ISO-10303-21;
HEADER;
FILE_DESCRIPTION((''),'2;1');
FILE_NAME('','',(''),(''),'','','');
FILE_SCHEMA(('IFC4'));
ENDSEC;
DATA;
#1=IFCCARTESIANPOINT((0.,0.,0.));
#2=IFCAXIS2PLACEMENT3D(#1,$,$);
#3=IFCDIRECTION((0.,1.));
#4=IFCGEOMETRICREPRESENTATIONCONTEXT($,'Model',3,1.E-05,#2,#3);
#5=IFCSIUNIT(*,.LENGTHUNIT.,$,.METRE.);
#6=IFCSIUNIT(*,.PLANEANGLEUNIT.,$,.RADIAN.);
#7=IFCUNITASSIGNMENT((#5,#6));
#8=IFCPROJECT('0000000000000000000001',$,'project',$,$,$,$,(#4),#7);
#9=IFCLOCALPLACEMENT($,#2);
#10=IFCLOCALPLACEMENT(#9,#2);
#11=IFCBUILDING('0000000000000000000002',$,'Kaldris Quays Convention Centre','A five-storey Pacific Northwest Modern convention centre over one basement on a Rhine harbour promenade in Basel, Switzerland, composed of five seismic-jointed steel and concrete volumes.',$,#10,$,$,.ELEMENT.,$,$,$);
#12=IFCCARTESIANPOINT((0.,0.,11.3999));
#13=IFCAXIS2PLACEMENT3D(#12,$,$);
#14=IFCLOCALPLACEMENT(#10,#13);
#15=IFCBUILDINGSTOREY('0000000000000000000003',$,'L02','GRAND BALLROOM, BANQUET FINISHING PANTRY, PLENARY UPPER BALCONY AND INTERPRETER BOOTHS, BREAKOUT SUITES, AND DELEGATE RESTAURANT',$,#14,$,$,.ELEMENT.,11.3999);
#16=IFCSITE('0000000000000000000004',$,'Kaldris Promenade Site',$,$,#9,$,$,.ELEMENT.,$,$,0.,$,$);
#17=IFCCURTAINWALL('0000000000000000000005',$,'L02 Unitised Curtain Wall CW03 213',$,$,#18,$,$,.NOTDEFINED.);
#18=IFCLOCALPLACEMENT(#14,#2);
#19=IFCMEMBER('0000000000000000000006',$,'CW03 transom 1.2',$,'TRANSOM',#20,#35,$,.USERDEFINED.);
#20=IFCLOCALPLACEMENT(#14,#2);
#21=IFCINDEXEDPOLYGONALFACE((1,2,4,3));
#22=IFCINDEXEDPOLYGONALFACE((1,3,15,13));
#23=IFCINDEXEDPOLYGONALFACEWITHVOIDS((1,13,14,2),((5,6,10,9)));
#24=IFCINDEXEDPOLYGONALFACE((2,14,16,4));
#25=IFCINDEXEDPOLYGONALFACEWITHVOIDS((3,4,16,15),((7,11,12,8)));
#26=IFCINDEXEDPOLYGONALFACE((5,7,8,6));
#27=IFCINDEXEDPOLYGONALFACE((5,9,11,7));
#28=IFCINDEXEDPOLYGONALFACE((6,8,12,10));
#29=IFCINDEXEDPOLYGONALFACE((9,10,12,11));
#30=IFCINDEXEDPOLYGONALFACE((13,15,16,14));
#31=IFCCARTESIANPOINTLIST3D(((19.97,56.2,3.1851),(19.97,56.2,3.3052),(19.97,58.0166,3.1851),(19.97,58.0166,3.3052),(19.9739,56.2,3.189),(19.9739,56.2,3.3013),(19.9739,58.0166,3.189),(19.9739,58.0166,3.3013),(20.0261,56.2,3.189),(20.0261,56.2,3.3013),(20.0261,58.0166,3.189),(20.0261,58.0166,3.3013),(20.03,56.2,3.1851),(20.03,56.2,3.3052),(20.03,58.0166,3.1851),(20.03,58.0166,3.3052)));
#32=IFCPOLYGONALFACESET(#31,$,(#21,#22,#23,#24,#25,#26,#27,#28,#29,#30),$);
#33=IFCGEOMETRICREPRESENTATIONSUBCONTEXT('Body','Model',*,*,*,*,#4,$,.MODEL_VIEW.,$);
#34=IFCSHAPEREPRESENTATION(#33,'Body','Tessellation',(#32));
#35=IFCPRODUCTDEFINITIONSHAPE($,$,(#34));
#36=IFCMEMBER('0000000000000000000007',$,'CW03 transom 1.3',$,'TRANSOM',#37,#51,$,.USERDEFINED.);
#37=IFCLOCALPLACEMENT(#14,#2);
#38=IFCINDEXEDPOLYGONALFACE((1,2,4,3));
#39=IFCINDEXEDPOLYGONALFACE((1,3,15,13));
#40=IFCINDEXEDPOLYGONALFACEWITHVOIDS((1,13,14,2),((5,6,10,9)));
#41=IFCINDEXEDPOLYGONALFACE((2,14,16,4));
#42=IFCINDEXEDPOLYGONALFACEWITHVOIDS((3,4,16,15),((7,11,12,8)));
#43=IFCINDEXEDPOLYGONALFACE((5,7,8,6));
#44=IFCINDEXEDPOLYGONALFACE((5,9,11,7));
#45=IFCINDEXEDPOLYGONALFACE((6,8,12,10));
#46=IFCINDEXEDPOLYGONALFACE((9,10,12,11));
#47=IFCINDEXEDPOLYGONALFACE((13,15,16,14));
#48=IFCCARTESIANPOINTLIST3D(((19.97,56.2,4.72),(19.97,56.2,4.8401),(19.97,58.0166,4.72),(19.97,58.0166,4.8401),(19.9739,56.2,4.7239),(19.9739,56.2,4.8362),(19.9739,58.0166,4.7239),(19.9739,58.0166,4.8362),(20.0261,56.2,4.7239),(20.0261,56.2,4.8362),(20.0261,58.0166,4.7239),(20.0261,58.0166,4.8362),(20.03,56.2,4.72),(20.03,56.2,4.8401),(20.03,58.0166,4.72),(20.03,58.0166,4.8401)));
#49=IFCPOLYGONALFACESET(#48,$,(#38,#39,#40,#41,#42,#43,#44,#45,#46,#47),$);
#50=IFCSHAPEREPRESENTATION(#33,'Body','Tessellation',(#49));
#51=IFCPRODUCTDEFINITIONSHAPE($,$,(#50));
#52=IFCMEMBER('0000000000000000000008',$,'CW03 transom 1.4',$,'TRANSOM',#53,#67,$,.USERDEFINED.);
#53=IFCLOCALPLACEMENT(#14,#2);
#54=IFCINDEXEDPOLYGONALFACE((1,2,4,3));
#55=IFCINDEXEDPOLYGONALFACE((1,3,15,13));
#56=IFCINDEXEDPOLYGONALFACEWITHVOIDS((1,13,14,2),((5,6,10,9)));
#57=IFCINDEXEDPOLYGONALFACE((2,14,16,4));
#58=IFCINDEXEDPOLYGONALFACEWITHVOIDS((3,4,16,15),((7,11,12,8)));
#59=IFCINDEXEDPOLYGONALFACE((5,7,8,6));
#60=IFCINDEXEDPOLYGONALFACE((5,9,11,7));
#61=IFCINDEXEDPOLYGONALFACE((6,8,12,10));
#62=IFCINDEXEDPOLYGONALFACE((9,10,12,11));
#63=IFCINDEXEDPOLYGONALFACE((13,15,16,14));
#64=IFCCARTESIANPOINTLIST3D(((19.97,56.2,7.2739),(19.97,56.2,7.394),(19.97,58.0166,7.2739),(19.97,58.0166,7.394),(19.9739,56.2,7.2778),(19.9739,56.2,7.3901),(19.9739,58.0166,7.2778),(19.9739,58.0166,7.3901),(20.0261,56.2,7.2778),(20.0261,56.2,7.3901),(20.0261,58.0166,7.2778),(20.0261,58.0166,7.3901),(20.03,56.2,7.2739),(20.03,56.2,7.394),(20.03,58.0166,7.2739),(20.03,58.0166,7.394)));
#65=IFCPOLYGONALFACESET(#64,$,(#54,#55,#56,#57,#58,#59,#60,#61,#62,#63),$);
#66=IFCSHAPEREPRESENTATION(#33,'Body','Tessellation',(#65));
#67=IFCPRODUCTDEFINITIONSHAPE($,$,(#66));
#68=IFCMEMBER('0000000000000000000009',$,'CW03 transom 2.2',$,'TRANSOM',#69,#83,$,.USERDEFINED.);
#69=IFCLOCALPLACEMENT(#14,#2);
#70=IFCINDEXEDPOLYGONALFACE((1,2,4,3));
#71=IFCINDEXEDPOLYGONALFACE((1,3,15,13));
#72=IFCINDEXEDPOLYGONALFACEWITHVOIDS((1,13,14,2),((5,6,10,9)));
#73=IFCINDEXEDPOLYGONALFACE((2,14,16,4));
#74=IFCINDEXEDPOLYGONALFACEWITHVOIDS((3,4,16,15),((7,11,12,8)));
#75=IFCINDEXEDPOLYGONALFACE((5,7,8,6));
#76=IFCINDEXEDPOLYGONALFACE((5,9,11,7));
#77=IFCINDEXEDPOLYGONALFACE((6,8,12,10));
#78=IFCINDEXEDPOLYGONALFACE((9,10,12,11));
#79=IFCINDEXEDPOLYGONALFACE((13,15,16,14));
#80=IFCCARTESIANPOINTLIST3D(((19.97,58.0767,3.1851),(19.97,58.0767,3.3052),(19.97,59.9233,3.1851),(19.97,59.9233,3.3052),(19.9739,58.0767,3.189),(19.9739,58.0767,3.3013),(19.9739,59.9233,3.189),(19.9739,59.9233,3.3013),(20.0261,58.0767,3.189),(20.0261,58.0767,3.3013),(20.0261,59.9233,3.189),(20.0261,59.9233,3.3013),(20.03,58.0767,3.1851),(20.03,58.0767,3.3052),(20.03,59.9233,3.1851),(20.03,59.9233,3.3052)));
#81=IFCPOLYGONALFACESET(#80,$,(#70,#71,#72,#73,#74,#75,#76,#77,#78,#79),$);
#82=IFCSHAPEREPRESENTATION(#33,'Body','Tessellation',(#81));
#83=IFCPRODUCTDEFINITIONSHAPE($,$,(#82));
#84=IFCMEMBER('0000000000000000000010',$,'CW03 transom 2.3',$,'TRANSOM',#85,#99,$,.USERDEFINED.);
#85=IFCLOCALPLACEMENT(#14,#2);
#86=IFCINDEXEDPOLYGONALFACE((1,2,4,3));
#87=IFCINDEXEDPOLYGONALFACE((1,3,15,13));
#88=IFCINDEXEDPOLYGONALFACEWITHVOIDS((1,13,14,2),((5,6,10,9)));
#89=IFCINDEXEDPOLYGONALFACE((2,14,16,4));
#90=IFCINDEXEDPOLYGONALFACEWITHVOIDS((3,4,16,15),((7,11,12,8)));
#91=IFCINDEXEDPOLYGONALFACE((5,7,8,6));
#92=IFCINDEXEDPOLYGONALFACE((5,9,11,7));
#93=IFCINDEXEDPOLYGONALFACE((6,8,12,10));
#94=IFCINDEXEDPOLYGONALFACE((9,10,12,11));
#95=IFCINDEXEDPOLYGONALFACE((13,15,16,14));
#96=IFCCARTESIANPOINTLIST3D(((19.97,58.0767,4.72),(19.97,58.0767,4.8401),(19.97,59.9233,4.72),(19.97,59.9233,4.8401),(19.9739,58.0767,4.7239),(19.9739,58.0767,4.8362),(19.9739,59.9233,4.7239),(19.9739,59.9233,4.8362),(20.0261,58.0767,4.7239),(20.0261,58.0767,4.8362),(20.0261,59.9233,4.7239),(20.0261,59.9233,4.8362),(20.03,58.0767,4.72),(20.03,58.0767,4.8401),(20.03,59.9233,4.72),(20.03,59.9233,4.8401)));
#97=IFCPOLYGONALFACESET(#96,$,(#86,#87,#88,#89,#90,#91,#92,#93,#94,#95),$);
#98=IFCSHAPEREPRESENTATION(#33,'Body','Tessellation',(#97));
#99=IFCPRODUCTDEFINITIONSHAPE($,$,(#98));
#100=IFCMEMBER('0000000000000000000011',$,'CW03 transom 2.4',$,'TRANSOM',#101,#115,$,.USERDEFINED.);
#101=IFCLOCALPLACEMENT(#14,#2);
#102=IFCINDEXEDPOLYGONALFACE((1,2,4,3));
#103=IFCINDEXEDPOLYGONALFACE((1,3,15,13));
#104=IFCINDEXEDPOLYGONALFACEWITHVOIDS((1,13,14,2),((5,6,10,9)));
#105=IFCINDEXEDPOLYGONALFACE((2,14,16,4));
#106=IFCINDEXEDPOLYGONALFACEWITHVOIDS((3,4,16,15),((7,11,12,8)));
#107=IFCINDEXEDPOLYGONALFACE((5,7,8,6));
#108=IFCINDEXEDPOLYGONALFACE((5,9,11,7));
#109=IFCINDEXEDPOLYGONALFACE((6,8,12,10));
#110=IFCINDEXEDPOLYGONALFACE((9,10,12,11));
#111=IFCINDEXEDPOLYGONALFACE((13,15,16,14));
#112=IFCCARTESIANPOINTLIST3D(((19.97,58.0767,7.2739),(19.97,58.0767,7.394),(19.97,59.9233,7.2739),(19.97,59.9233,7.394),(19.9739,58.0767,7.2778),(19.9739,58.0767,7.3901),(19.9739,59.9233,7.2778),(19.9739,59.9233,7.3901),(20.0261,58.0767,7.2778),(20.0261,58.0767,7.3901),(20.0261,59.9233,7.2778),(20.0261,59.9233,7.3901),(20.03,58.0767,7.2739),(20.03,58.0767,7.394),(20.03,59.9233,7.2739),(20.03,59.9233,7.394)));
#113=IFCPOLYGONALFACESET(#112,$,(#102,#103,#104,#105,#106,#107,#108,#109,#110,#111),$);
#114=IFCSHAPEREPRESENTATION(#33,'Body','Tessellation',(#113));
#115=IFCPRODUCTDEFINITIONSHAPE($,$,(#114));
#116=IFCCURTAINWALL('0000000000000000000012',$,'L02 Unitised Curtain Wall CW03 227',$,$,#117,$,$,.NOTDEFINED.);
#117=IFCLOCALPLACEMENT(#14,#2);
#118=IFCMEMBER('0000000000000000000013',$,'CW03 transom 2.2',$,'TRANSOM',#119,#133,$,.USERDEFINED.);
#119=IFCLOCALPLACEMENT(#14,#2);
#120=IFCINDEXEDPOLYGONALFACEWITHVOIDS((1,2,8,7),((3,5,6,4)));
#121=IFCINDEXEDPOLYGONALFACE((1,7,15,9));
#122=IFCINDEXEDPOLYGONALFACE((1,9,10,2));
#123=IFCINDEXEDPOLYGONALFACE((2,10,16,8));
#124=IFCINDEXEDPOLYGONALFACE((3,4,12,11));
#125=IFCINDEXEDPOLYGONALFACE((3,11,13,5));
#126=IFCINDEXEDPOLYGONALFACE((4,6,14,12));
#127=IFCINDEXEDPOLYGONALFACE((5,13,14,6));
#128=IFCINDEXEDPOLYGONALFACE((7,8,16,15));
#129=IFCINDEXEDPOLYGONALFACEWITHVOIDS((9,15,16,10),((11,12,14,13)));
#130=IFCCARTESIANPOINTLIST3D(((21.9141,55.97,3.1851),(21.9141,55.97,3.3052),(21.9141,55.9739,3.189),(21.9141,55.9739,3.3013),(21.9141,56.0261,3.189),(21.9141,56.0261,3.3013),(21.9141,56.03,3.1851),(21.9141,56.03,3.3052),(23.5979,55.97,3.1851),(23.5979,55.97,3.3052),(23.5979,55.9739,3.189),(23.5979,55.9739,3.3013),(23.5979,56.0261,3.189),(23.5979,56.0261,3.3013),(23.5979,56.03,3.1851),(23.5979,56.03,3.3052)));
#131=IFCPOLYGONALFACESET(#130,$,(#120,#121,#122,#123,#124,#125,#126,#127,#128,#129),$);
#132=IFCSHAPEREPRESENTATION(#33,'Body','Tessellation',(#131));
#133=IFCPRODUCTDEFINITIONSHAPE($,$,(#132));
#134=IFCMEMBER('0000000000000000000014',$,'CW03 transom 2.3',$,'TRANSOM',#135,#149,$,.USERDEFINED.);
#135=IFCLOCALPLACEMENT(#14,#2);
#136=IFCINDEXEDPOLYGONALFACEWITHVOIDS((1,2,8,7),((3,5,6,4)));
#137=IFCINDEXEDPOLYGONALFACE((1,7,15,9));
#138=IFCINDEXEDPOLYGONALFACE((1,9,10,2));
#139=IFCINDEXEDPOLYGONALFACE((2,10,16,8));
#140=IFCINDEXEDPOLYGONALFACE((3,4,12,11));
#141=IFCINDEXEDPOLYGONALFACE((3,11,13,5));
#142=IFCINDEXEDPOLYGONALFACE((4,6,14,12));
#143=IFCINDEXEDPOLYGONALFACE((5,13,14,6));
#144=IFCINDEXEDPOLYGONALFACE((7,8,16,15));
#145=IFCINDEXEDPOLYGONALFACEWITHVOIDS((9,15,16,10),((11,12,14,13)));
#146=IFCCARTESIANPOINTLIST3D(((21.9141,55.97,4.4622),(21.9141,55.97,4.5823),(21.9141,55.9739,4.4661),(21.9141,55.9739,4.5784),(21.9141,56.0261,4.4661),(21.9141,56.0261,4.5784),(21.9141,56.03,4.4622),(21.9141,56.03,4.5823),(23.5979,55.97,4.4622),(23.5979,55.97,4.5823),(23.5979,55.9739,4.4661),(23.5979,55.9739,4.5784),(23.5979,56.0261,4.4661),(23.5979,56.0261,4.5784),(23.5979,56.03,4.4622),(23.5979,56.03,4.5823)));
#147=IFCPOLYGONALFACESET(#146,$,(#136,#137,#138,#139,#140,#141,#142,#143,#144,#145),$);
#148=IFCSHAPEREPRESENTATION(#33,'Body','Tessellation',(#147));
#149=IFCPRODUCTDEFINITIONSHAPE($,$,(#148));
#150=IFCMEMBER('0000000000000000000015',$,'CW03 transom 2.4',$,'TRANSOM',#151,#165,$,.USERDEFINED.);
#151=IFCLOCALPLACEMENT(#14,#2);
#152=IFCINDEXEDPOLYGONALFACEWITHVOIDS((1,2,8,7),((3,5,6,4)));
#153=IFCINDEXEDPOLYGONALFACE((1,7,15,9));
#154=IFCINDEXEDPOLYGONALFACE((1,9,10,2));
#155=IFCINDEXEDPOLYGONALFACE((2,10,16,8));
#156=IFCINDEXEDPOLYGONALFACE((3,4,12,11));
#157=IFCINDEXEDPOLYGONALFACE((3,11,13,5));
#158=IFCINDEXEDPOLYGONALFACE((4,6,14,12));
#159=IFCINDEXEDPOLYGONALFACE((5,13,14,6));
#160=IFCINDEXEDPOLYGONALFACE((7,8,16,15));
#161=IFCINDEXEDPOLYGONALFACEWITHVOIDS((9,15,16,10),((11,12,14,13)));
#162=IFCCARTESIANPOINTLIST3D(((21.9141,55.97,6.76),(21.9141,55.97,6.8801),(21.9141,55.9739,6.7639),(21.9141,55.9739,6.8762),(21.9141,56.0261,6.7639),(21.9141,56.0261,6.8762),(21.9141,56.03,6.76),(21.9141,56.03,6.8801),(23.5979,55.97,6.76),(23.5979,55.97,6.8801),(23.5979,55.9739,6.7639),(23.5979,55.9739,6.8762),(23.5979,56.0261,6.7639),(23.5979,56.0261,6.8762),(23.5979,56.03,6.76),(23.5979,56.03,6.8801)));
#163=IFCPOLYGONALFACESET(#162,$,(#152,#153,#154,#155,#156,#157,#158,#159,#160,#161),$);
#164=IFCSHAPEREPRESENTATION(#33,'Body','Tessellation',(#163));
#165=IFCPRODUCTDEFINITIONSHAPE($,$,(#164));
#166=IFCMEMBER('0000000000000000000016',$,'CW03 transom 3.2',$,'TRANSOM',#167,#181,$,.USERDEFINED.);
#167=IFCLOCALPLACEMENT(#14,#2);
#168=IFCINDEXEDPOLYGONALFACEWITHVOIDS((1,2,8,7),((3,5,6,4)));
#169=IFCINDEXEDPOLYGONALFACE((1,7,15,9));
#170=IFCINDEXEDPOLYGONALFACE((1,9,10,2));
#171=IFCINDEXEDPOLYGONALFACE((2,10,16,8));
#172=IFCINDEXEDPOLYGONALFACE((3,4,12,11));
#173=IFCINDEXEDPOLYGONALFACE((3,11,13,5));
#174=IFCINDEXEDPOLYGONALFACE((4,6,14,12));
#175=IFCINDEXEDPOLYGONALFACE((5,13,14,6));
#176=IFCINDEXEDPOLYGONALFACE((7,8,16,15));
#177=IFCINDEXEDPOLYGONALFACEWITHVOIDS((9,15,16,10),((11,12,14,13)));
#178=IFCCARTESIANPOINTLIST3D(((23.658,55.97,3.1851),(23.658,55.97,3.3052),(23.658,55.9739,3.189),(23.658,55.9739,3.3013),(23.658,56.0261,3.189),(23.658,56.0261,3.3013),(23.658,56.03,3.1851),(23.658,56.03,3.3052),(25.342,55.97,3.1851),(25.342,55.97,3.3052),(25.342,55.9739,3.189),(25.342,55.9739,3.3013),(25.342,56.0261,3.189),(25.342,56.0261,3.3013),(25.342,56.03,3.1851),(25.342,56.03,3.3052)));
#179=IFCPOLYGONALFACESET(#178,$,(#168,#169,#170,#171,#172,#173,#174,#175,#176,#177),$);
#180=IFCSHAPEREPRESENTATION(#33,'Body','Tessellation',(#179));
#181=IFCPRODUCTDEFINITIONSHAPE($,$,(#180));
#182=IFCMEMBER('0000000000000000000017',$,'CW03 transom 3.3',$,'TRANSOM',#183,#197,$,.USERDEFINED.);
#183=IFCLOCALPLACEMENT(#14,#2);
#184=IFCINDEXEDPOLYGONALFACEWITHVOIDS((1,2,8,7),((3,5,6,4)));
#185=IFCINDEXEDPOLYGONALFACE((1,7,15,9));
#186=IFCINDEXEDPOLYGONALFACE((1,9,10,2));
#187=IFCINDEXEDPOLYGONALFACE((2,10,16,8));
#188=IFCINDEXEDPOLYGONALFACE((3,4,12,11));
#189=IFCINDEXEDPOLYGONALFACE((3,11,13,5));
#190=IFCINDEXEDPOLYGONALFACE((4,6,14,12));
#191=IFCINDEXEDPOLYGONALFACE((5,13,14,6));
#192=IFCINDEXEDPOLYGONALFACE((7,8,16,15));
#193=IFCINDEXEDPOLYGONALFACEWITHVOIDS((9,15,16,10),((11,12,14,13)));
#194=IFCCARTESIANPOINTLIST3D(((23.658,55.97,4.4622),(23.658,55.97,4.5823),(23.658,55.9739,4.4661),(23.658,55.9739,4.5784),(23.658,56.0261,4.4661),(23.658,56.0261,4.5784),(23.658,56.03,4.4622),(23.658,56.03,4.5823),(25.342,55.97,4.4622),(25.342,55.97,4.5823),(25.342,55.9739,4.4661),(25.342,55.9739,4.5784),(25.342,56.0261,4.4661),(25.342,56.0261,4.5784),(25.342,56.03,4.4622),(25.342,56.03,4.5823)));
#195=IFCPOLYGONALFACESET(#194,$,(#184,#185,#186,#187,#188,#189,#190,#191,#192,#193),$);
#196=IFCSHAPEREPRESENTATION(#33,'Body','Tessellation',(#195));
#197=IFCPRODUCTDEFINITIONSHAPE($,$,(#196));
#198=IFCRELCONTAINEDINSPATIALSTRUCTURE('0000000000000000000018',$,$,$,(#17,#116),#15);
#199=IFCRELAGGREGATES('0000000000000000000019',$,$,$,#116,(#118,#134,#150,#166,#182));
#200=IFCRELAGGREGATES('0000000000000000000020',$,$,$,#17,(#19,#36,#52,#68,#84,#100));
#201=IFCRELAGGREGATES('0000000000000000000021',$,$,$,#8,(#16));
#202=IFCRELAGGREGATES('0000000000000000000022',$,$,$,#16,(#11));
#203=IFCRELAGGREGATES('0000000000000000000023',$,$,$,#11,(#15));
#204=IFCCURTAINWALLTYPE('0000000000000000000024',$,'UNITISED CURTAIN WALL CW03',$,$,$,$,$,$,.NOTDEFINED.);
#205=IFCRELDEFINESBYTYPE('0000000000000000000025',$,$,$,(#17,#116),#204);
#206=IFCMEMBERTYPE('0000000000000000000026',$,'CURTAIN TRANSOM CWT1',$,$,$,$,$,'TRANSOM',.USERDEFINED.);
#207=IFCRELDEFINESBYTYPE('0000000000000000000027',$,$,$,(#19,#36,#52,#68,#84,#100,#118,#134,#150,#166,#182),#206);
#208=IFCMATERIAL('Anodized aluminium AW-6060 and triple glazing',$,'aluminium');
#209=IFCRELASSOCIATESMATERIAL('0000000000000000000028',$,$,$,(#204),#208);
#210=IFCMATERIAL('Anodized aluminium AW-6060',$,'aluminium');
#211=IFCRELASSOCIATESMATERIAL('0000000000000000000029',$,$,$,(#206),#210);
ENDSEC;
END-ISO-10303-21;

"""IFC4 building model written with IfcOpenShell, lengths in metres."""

from ifc_helpers import new_model, si_unit, direction, frame, origin, origin_2d, place, context, subcontext, project, spatial, hollow_rectangle, extrude, material, material_profile, profile_set, type_object, element, aggregate, save


model = new_model("IFC4")

# Units and contexts
model_context = context("Model", 3, precision=1e-05, world=origin(), true_north=direction((0.0, 1.0)))
body_context = subcontext(model_context, "Body", "Model", "MODEL_VIEW")
ifc_project = project(units=[si_unit("LENGTHUNIT", "METRE"), si_unit("PLANEANGLEUNIT", "RADIAN")], contexts=[model_context])

# Site, building, storey
site_placement = place(None, origin())
site = spatial("IfcSite", under=ifc_project, at=site_placement, Name="Kaldris Promenade Site", CompositionType="ELEMENT", RefElevation=0.0)
building_placement = place(site_placement, origin())
building = spatial("IfcBuilding", under=site, at=building_placement, Name="Kaldris Quays Convention Centre", Description="A five-storey Pacific Northwest Modern convention centre over one basement on a Rhine harbour promenade in Basel, Switzerland, composed of five seismic-jointed steel and concrete volumes.", CompositionType="ELEMENT")
storey_placement = place(building_placement, frame((0.0, 0.0, 11.3999)))
storey = spatial("IfcBuildingStorey", under=building, at=storey_placement, Name="L02", Description="GRAND BALLROOM, BANQUET FINISHING PANTRY, PLENARY UPPER BALCONY AND INTERPRETER BOOTHS, BREAKOUT SUITES, AND DELEGATE RESTAURANT", CompositionType="ELEMENT", Elevation=11.3999)

# Curtain walls, members
ifc_material_1 = material(Name="Anodized aluminium AW-6060 and triple glazing", Category="aluminium")
curtain_wall_type = type_object("IfcCurtainWallType", Name="UNITISED CURTAIN WALL CW03", PredefinedType="NOTDEFINED", material=ifc_material_1)
curtain_wall_1_placement = place(storey_placement, origin())
curtain_wall_1 = element("IfcCurtainWall", 1, at=curtain_wall_1_placement, inside=storey, type_object=curtain_wall_type, Name="L02 Unitised Curtain Wall CW03 213", PredefinedType="NOTDEFINED")
ifc_material_2 = material(Name="Anodized aluminium AW-6060", Category="aluminium")
ifc_material_profile_1 = material_profile(ifc_material_2, hollow_rectangle(XDim=0.0601, YDim=0.1201, WallThickness=0.0039, at=origin_2d()), Name="RHS 120x60x4")
ifc_profile_set_1 = profile_set([ifc_material_profile_1], Name="Anodized aluminium AW-6060")
member_type_1 = type_object("IfcMemberType", Name="CURTAIN TRANSOM CWT1", ElementType="TRANSOM", PredefinedType="USERDEFINED", material=ifc_profile_set_1)
member_1_placement = place(storey_placement, frame((20.0, 56.2, 3.2451), z_axis=(0.0, 1.0, 0.0), x_axis=(-1.0, 0.0, 0.0)))
member_1 = element("IfcMember", 2, at=member_1_placement, type_object=member_type_1, Name="CW03 transom 1.2", ObjectType="TRANSOM", PredefinedType="USERDEFINED", context=body_context, shape_type="SweptSolid", body=[
    extrude(hollow_rectangle(XDim=0.0601, YDim=0.1201, WallThickness=0.0039, at=origin_2d()), origin(), (0.0, 0.0, 1.0), 1.8167),
])
member_2_placement = place(storey_placement, frame((20.0, 56.2, 4.78), z_axis=(0.0, 1.0, 0.0), x_axis=(-1.0, 0.0, 0.0)))
member_2 = element("IfcMember", 3, at=member_2_placement, type_object=member_type_1, Name="CW03 transom 1.3", ObjectType="TRANSOM", PredefinedType="USERDEFINED", context=body_context, shape_type="SweptSolid", body=[
    extrude(hollow_rectangle(XDim=0.0601, YDim=0.1201, WallThickness=0.0039, at=origin_2d()), origin(), (0.0, 0.0, 1.0), 1.8167),
])
member_3_placement = place(storey_placement, frame((20.0, 56.2, 7.334), z_axis=(0.0, 1.0, 0.0), x_axis=(-1.0, 0.0, 0.0)))
member_3 = element("IfcMember", 4, at=member_3_placement, type_object=member_type_1, Name="CW03 transom 1.4", ObjectType="TRANSOM", PredefinedType="USERDEFINED", context=body_context, shape_type="SweptSolid", body=[
    extrude(hollow_rectangle(XDim=0.0601, YDim=0.1201, WallThickness=0.0039, at=origin_2d()), origin(), (0.0, 0.0, 1.0), 1.8167),
])
member_4_placement = place(storey_placement, frame((20.0, 58.0767, 3.2451), z_axis=(0.0, 1.0, 0.0), x_axis=(-1.0, 0.0, 0.0)))
member_4 = element("IfcMember", 5, at=member_4_placement, type_object=member_type_1, Name="CW03 transom 2.2", ObjectType="TRANSOM", PredefinedType="USERDEFINED", context=body_context, shape_type="SweptSolid", body=[
    extrude(hollow_rectangle(XDim=0.0601, YDim=0.1201, WallThickness=0.0039, at=origin_2d()), origin(), (0.0, 0.0, 1.0), 1.8467),
])
member_5_placement = place(storey_placement, frame((20.0, 58.0767, 4.78), z_axis=(0.0, 1.0, 0.0), x_axis=(-1.0, 0.0, 0.0)))
member_5 = element("IfcMember", 6, at=member_5_placement, type_object=member_type_1, Name="CW03 transom 2.3", ObjectType="TRANSOM", PredefinedType="USERDEFINED", context=body_context, shape_type="SweptSolid", body=[
    extrude(hollow_rectangle(XDim=0.0601, YDim=0.1201, WallThickness=0.0039, at=origin_2d()), origin(), (0.0, 0.0, 1.0), 1.8467),
])
member_6_placement = place(storey_placement, frame((20.0, 58.0767, 7.334), z_axis=(0.0, 1.0, 0.0), x_axis=(-1.0, 0.0, 0.0)))
member_6 = element("IfcMember", 7, at=member_6_placement, type_object=member_type_1, Name="CW03 transom 2.4", ObjectType="TRANSOM", PredefinedType="USERDEFINED", context=body_context, shape_type="SweptSolid", body=[
    extrude(hollow_rectangle(XDim=0.0601, YDim=0.1201, WallThickness=0.0039, at=origin_2d()), origin(), (0.0, 0.0, 1.0), 1.8467),
])
curtain_wall_2_placement = place(storey_placement, origin())
curtain_wall_2 = element("IfcCurtainWall", 8, at=curtain_wall_2_placement, inside=storey, type_object=curtain_wall_type, Name="L02 Unitised Curtain Wall CW03 227", PredefinedType="NOTDEFINED")
member_7_placement = place(storey_placement, frame((21.9141, 56.0, 3.2451), z_axis=(1.0, 0.0, 0.0), x_axis=(0.0, 1.0, 0.0)))
member_7 = element("IfcMember", 9, at=member_7_placement, type_object=member_type_1, Name="CW03 transom 2.2", ObjectType="TRANSOM", PredefinedType="USERDEFINED", context=body_context, shape_type="SweptSolid", body=[
    extrude(hollow_rectangle(XDim=0.0601, YDim=0.1201, WallThickness=0.0039, at=origin_2d()), origin(), (0.0, 0.0, 1.0), 1.6838),
])
member_8_placement = place(storey_placement, frame((21.9141, 56.0, 4.5222), z_axis=(1.0, 0.0, 0.0), x_axis=(0.0, 1.0, 0.0)))
member_8 = element("IfcMember", 10, at=member_8_placement, type_object=member_type_1, Name="CW03 transom 2.3", ObjectType="TRANSOM", PredefinedType="USERDEFINED", context=body_context, shape_type="SweptSolid", body=[
    extrude(hollow_rectangle(XDim=0.0601, YDim=0.1201, WallThickness=0.0039, at=origin_2d()), origin(), (0.0, 0.0, 1.0), 1.6838),
])
member_9_placement = place(storey_placement, frame((21.9141, 56.0, 6.8201), z_axis=(1.0, 0.0, 0.0), x_axis=(0.0, 1.0, 0.0)))
member_9 = element("IfcMember", 11, at=member_9_placement, type_object=member_type_1, Name="CW03 transom 2.4", ObjectType="TRANSOM", PredefinedType="USERDEFINED", context=body_context, shape_type="SweptSolid", body=[
    extrude(hollow_rectangle(XDim=0.0601, YDim=0.1201, WallThickness=0.0039, at=origin_2d()), origin(), (0.0, 0.0, 1.0), 1.6838),
])
member_10_placement = place(storey_placement, frame((23.658, 56.0, 3.2451), z_axis=(1.0, 0.0, 0.0), x_axis=(0.0, 1.0, 0.0)))
member_10 = element("IfcMember", 12, at=member_10_placement, type_object=member_type_1, Name="CW03 transom 3.2", ObjectType="TRANSOM", PredefinedType="USERDEFINED", context=body_context, shape_type="SweptSolid", body=[
    extrude(hollow_rectangle(XDim=0.0601, YDim=0.1201, WallThickness=0.0039, at=origin_2d()), origin(), (0.0, 0.0, 1.0), 1.6841),
])
member_11_placement = place(storey_placement, frame((23.658, 56.0, 4.5222), z_axis=(1.0, 0.0, 0.0), x_axis=(0.0, 1.0, 0.0)))
member_11 = element("IfcMember", 13, at=member_11_placement, type_object=member_type_1, Name="CW03 transom 3.3", ObjectType="TRANSOM", PredefinedType="USERDEFINED", context=body_context, shape_type="SweptSolid", body=[
    extrude(hollow_rectangle(XDim=0.0601, YDim=0.1201, WallThickness=0.0039, at=origin_2d()), origin(), (0.0, 0.0, 1.0), 1.6841),
])

aggregate(curtain_wall_2, [member_7, member_8, member_9, member_10, member_11])
aggregate(curtain_wall_1, [member_1, member_2, member_3, member_4, member_5, member_6])

save(model, "model.ifc")
